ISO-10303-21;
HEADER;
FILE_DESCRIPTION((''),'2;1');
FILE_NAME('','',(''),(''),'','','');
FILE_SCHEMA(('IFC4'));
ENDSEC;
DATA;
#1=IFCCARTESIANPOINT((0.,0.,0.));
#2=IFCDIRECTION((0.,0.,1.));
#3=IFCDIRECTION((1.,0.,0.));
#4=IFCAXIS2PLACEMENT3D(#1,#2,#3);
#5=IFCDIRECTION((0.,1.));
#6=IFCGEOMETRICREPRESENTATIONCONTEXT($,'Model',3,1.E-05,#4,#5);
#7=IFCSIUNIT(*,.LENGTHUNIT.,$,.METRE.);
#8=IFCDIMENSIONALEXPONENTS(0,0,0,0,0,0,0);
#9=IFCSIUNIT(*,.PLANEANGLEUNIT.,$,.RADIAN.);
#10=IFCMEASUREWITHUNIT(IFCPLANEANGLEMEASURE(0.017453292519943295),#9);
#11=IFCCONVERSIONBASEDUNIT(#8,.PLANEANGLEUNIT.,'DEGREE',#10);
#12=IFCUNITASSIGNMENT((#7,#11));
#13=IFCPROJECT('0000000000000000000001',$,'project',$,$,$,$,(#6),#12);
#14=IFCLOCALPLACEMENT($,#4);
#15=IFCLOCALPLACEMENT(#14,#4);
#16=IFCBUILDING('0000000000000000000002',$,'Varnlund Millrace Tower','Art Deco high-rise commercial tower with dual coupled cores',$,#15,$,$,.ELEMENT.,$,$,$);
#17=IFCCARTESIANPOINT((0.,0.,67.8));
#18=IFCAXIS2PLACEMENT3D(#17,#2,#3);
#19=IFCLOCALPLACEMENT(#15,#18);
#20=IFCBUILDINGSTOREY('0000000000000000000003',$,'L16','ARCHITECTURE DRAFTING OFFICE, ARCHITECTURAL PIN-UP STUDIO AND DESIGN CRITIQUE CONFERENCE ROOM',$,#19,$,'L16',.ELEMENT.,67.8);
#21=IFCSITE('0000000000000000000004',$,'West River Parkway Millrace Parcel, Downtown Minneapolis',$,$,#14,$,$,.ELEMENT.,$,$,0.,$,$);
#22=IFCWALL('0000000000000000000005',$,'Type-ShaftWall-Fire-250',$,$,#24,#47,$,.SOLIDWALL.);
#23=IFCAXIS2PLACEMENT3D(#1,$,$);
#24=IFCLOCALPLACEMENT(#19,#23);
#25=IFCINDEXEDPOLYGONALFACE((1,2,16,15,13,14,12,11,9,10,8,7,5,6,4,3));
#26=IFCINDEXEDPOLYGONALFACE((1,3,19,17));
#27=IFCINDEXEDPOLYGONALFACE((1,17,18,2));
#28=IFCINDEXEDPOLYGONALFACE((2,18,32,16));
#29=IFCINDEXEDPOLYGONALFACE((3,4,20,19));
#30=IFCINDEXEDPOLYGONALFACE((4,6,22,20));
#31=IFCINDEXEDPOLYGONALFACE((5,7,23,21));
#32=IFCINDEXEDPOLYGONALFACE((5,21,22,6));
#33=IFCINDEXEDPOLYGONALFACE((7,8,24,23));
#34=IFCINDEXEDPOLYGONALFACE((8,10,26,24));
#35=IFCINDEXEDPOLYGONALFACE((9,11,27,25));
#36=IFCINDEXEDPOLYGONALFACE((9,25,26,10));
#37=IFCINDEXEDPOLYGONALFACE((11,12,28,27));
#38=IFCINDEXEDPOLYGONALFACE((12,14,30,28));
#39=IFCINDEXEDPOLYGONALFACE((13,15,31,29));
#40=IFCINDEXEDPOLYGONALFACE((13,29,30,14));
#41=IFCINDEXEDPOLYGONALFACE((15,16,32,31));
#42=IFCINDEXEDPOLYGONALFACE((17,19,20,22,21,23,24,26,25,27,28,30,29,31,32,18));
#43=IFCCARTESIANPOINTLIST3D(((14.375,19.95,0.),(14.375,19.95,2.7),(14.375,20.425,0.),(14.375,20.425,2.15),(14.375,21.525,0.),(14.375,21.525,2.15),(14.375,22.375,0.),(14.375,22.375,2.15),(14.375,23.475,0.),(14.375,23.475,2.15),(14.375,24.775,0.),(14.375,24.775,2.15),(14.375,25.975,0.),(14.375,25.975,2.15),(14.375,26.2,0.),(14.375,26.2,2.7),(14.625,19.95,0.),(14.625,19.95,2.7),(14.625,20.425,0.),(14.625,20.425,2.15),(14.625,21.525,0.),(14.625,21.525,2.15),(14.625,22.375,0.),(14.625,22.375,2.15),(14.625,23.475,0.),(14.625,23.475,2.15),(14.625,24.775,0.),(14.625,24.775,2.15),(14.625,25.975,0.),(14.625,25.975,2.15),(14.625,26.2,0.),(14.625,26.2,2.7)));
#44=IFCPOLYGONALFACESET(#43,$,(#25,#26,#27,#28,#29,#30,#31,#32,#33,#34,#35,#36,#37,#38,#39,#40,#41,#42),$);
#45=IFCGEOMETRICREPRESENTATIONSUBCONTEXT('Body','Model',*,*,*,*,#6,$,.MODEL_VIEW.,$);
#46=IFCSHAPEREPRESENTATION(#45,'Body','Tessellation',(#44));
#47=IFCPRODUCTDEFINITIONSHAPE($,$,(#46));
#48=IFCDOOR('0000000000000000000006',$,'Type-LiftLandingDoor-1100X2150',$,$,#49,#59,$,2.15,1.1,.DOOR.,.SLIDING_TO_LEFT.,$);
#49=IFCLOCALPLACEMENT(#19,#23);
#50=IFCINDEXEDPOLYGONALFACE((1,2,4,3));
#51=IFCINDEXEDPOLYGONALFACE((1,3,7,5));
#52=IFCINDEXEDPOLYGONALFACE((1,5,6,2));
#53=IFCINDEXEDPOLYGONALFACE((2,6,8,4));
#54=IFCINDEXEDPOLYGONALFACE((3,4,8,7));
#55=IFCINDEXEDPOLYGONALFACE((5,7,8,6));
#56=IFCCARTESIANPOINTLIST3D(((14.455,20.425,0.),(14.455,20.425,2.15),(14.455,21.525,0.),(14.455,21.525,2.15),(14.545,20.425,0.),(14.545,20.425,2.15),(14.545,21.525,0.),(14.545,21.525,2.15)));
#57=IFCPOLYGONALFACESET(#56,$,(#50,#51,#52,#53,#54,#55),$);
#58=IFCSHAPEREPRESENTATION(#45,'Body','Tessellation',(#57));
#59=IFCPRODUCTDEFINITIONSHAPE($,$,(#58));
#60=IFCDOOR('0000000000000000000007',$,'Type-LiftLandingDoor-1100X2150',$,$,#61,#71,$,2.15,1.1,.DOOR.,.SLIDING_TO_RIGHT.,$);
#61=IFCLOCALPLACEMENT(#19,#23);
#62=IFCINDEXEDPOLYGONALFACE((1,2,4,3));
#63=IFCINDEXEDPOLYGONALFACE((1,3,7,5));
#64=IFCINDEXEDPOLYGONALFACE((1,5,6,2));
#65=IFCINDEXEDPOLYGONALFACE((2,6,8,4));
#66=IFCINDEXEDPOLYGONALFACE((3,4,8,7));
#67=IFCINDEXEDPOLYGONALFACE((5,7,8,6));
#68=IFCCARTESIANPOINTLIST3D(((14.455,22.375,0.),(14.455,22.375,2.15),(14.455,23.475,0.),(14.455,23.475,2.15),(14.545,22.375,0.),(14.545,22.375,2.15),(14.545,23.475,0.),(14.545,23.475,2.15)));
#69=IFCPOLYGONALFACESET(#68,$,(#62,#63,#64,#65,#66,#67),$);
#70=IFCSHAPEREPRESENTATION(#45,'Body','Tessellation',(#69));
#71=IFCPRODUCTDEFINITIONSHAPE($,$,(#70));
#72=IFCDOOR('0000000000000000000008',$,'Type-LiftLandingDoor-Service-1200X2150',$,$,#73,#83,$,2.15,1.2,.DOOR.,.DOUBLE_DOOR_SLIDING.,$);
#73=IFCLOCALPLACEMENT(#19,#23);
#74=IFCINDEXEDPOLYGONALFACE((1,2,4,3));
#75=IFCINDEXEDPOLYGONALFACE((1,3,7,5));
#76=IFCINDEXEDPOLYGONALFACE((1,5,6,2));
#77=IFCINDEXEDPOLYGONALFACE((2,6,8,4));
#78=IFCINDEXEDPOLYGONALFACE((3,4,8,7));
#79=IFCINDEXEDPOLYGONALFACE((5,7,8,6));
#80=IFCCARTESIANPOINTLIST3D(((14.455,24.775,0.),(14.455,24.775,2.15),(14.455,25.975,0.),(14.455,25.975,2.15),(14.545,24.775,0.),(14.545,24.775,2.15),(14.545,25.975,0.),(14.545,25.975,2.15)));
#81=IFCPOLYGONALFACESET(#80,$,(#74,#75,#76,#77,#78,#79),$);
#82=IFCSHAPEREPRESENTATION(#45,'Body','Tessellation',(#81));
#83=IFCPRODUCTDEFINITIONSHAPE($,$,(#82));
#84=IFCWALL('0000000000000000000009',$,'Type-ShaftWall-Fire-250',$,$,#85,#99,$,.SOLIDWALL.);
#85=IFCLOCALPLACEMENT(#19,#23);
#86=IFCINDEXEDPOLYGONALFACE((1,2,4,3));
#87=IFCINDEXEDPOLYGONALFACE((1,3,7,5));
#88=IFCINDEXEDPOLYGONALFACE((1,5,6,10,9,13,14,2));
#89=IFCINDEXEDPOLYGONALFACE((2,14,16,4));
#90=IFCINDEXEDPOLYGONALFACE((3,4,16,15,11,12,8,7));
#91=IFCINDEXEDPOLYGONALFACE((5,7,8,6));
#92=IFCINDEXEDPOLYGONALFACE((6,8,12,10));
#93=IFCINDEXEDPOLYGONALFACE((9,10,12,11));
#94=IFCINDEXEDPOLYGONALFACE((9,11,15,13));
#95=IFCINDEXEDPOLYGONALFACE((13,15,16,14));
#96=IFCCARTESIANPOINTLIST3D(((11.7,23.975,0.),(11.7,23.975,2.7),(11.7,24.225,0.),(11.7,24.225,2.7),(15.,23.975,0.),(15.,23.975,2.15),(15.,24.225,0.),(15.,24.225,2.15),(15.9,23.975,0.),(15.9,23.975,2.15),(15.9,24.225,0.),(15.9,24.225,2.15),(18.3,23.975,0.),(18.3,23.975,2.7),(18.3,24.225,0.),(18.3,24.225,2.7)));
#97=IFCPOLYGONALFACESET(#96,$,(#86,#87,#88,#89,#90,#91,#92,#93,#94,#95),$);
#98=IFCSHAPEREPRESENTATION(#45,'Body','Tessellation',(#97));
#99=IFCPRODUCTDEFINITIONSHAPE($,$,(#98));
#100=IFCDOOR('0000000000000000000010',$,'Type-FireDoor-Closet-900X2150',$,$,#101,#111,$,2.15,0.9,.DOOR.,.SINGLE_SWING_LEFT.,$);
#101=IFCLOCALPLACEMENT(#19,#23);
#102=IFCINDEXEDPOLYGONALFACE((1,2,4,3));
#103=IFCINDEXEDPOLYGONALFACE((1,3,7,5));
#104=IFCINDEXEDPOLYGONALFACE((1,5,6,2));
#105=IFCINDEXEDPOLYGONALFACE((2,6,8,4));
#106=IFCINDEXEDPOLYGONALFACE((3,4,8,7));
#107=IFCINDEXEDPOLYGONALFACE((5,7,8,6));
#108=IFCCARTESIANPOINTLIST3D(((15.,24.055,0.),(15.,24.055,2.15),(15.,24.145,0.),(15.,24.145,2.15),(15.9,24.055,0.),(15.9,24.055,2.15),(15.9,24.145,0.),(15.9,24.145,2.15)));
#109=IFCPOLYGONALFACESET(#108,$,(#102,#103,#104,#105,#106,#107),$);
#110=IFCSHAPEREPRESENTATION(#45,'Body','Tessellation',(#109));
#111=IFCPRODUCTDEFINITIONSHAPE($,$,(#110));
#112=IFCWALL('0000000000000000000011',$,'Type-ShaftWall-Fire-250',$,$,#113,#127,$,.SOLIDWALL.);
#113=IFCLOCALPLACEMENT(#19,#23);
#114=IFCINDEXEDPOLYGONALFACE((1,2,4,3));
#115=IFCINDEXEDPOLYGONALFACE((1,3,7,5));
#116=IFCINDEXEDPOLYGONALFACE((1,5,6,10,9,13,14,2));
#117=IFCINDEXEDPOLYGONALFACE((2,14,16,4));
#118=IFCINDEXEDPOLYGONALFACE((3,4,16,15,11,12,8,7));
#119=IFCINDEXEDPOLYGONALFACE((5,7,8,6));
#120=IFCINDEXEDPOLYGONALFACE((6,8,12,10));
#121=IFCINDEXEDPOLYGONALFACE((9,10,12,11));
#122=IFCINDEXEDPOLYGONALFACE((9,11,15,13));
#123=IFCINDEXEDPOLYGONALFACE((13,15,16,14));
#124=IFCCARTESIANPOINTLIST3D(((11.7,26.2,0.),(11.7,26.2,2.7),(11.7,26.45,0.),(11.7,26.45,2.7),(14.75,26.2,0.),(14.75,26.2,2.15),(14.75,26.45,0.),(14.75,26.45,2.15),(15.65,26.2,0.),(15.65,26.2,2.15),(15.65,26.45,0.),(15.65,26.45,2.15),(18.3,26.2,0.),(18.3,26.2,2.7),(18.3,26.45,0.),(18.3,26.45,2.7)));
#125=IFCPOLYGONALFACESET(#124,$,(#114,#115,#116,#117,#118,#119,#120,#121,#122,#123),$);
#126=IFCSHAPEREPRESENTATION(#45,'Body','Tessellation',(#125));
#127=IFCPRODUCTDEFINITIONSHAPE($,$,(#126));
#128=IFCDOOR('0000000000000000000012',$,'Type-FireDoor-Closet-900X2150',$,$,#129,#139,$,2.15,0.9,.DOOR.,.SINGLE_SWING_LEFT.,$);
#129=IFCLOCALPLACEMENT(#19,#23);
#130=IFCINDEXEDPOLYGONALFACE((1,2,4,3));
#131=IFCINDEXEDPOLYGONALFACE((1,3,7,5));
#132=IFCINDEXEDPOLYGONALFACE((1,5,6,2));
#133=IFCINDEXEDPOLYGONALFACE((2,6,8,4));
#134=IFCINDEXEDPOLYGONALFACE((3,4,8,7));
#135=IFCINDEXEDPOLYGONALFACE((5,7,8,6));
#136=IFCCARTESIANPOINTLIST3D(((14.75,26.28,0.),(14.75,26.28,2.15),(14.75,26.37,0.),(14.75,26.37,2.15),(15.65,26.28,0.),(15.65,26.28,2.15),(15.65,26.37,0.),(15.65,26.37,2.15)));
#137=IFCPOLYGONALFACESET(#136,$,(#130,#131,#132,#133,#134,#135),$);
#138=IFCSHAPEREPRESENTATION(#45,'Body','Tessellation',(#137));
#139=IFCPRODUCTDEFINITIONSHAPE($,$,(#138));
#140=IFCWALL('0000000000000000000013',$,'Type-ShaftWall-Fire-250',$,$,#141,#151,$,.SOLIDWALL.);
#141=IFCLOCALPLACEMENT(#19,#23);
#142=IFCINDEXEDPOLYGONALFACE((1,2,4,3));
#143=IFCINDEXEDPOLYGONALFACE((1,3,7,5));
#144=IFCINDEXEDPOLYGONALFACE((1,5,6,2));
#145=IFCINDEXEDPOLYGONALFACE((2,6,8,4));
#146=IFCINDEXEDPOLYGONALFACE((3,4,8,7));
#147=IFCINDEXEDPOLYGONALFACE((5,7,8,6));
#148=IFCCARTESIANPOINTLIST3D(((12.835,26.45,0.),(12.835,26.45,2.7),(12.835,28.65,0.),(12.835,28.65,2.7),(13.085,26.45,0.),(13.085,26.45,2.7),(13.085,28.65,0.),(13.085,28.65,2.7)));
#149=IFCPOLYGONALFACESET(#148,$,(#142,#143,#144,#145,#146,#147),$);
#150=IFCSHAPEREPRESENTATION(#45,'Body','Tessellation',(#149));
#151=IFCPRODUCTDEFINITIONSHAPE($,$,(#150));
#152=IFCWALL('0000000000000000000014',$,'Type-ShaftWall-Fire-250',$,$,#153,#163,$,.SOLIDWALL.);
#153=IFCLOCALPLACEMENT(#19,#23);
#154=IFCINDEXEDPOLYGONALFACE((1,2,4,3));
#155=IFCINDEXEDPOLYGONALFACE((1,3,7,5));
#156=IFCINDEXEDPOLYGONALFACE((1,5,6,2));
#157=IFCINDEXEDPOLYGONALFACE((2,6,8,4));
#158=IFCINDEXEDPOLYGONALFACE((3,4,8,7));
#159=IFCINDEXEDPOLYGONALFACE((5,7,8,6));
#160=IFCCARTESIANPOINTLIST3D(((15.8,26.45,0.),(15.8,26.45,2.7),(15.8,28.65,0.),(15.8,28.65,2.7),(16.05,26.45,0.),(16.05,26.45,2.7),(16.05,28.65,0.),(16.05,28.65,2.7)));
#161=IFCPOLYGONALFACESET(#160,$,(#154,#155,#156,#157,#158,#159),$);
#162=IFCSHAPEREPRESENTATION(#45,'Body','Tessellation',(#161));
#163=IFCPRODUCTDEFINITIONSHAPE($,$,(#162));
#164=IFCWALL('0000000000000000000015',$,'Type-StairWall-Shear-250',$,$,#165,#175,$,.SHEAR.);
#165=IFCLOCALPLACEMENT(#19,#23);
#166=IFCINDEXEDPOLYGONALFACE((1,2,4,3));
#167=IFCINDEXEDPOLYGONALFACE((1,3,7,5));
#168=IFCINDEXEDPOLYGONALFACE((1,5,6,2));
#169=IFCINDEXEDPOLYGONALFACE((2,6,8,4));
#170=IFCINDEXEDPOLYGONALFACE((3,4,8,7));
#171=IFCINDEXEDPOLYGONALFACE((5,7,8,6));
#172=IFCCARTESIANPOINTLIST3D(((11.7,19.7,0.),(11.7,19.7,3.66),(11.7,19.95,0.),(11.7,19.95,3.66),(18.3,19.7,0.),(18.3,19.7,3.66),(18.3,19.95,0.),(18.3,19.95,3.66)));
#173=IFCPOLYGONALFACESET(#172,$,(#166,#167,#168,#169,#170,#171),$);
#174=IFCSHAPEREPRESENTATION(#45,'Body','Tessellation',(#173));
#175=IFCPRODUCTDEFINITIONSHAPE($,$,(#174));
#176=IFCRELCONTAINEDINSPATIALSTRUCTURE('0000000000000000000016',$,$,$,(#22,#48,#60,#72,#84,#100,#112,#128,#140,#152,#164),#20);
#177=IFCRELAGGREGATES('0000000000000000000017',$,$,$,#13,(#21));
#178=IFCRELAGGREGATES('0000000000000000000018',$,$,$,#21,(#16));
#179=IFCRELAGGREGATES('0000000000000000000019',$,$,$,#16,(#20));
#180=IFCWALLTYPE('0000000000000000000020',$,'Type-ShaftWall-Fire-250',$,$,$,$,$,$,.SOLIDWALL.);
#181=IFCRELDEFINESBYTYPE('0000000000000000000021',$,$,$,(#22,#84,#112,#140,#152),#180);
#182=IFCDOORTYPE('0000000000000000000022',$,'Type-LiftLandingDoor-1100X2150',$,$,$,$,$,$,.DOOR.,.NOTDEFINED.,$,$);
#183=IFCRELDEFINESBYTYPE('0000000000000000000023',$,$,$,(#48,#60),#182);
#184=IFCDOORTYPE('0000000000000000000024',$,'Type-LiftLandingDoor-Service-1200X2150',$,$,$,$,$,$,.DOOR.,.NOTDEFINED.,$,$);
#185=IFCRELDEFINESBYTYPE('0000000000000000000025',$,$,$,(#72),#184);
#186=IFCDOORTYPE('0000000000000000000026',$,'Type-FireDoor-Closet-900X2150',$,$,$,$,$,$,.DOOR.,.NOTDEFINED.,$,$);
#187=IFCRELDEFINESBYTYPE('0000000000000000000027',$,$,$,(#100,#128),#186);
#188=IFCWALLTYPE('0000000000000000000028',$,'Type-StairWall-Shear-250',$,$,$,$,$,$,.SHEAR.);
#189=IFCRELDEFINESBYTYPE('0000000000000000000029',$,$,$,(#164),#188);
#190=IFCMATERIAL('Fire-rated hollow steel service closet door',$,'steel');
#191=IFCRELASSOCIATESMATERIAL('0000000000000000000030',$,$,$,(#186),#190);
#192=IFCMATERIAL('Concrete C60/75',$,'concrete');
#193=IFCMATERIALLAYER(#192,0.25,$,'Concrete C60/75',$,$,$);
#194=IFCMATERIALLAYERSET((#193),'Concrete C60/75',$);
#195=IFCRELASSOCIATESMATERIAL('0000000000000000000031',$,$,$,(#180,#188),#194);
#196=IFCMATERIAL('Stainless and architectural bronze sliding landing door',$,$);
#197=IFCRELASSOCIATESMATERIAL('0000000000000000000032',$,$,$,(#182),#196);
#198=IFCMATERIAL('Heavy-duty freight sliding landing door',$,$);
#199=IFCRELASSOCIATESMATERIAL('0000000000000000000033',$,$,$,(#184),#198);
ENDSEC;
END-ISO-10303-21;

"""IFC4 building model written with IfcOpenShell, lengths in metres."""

from ifc_helpers import new_model, entity, si_unit, converted_unit, direction, frame, origin_with_axes, origin_2d_with_axis, place, context, subcontext, project, spatial, polyline, rectangle, outline, extrude, material, layer, layer_set, type_object, element, fill, save


model = new_model("IFC4")

# Units and contexts
model_context = context("Model", 3, precision=1e-05, world=origin_with_axes(), true_north=direction((0.0, 1.0)))
body_context = subcontext(model_context, "Body", "Model", "MODEL_VIEW")
ifc_project = project(units=[si_unit("LENGTHUNIT", "METRE"), converted_unit("PLANEANGLEUNIT", "DEGREE", entity("IfcPlaneAngleMeasure", 0.017453292519943295), si_unit("PLANEANGLEUNIT", "RADIAN"), dimensions=[0, 0, 0, 0, 0, 0, 0])], contexts=[model_context])

# Site, building, storey
site_placement = place(None, origin_with_axes())
site = spatial("IfcSite", under=ifc_project, at=site_placement, Name="West River Parkway Millrace Parcel, Downtown Minneapolis", CompositionType="ELEMENT", RefElevation=0.0)
building_placement = place(site_placement, origin_with_axes())
building = spatial("IfcBuilding", under=site, at=building_placement, Name="Varnlund Millrace Tower", Description="Art Deco high-rise commercial tower with dual coupled cores", CompositionType="ELEMENT")
storey_placement = place(building_placement, frame((0.0, 0.0, 67.8), z_axis=(0.0, 0.0, 1.0), x_axis=(1.0, 0.0, 0.0)))
storey = spatial("IfcBuildingStorey", under=building, at=storey_placement, Name="L16", Description="ARCHITECTURE DRAFTING OFFICE, ARCHITECTURAL PIN-UP STUDIO AND DESIGN CRITIQUE CONFERENCE ROOM", LongName="L16", CompositionType="ELEMENT", Elevation=67.8)

# Wall, openings, doors
ifc_material_1 = material(Name="Fire-rated hollow steel service closet door", Category="steel")
door_type_1 = type_object("IfcDoorType", Name="Type-FireDoor-Closet-900X2150", OperationType="NOTDEFINED", PredefinedType="DOOR", material=ifc_material_1)
ifc_material_2 = material(Name="Concrete C60/75", Category="concrete")
ifc_layer_1 = layer(ifc_material_2, 0.25, Name="Concrete C60/75")
ifc_layer_set_1 = layer_set([ifc_layer_1], Name="Concrete C60/75")
wall_type_1 = type_object("IfcWallType", Name="Type-ShaftWall-Fire-250", PredefinedType="SOLIDWALL", material=ifc_layer_set_1)
wall_1_placement = place(storey_placement, frame((14.5, 19.95, 0.0), z_axis=(0.0, 0.0, 1.0), x_axis=(0.0, 1.0, 0.0)))
wall_1 = element("IfcWall", 1, at=wall_1_placement, inside=storey, type_object=wall_type_1, Name="Type-ShaftWall-Fire-250", PredefinedType="SOLIDWALL", context=body_context, shape_type="SweptSolid", body=[
    extrude(outline(polyline([(0.0, -0.125), (6.25, -0.125), (6.25, 0.125), (0.0, 0.125), (0.0, -0.125)])), origin_with_axes(), (0.0, 0.0, 1.0), 2.7),
])
opening_1_placement = place(wall_1_placement, frame((1.025, 0.0, 0.0), z_axis=(0.0, 0.0, 1.0), x_axis=(1.0, 0.0, 0.0)))
opening_1 = element("IfcOpeningElement", 2, at=opening_1_placement, cuts=wall_1, PredefinedType="OPENING", context=body_context, shape_type="SweptSolid", body=[
    extrude(rectangle(XDim=1.1, YDim=0.27, at=origin_2d_with_axis()), origin_with_axes(), (0.0, 0.0, 1.0), 2.15),
])
opening_2_placement = place(wall_1_placement, frame((2.975, 0.0, 0.0), z_axis=(0.0, 0.0, 1.0), x_axis=(1.0, 0.0, 0.0)))
opening_2 = element("IfcOpeningElement", 3, at=opening_2_placement, cuts=wall_1, PredefinedType="OPENING", context=body_context, shape_type="SweptSolid", body=[
    extrude(rectangle(XDim=1.1, YDim=0.27, at=origin_2d_with_axis()), origin_with_axes(), (0.0, 0.0, 1.0), 2.15),
])
opening_3_placement = place(wall_1_placement, frame((5.425, 0.0, 0.0), z_axis=(0.0, 0.0, 1.0), x_axis=(1.0, 0.0, 0.0)))
opening_3 = element("IfcOpeningElement", 4, at=opening_3_placement, cuts=wall_1, PredefinedType="OPENING", context=body_context, shape_type="SweptSolid", body=[
    extrude(rectangle(XDim=1.2, YDim=0.27, at=origin_2d_with_axis()), origin_with_axes(), (0.0, 0.0, 1.0), 2.15),
])
ifc_material_3 = material(Name="Stainless and architectural bronze sliding landing door")
door_type_2 = type_object("IfcDoorType", Name="Type-LiftLandingDoor-1100X2150", OperationType="NOTDEFINED", PredefinedType="DOOR", material=ifc_material_3)
door_1_placement = place(wall_1_placement, frame((1.025, 0.0, 0.0), z_axis=(0.0, 0.0, 1.0), x_axis=(1.0, 0.0, 0.0)))
door_1 = element("IfcDoor", 5, at=door_1_placement, inside=storey, type_object=door_type_2, Name="Type-LiftLandingDoor-1100X2150", OperationType="SLIDING_TO_LEFT", OverallHeight=2.15, OverallWidth=1.1, PredefinedType="DOOR", context=body_context, shape_type="SweptSolid", body=[
    extrude(rectangle(XDim=1.1, YDim=0.09, at=origin_2d_with_axis()), origin_with_axes(), (0.0, 0.0, 1.0), 2.15),
])
fill(opening_1, door_1)
door_2_placement = place(wall_1_placement, frame((2.975, 0.0, 0.0), z_axis=(0.0, 0.0, 1.0), x_axis=(1.0, 0.0, 0.0)))
door_2 = element("IfcDoor", 6, at=door_2_placement, inside=storey, type_object=door_type_2, Name="Type-LiftLandingDoor-1100X2150", OperationType="SLIDING_TO_RIGHT", OverallHeight=2.15, OverallWidth=1.1, PredefinedType="DOOR", context=body_context, shape_type="SweptSolid", body=[
    extrude(rectangle(XDim=1.1, YDim=0.09, at=origin_2d_with_axis()), origin_with_axes(), (0.0, 0.0, 1.0), 2.15),
])
fill(opening_2, door_2)
ifc_material_4 = material(Name="Heavy-duty freight sliding landing door")
door_type_3 = type_object("IfcDoorType", Name="Type-LiftLandingDoor-Service-1200X2150", OperationType="NOTDEFINED", PredefinedType="DOOR", material=ifc_material_4)
door_3_placement = place(wall_1_placement, frame((5.425, 0.0, 0.0), z_axis=(0.0, 0.0, 1.0), x_axis=(1.0, 0.0, 0.0)))
door_3 = element("IfcDoor", 7, at=door_3_placement, inside=storey, type_object=door_type_3, Name="Type-LiftLandingDoor-Service-1200X2150", OperationType="DOUBLE_DOOR_SLIDING", OverallHeight=2.15, OverallWidth=1.2, PredefinedType="DOOR", context=body_context, shape_type="SweptSolid", body=[
    extrude(rectangle(XDim=1.2, YDim=0.09, at=origin_2d_with_axis()), origin_with_axes(), (0.0, 0.0, 1.0), 2.15),
])
fill(opening_3, door_3)

# Walls, openings, doors
wall_2_placement = place(storey_placement, frame((11.7, 24.1, 0.0), z_axis=(0.0, 0.0, 1.0), x_axis=(1.0, 0.0, 0.0)))
wall_2 = element("IfcWall", 8, at=wall_2_placement, inside=storey, type_object=wall_type_1, Name="Type-ShaftWall-Fire-250", PredefinedType="SOLIDWALL", context=body_context, shape_type="SweptSolid", body=[
    extrude(outline(polyline([(0.0, -0.125), (6.6, -0.125), (6.6, 0.125), (0.0, 0.125), (0.0, -0.125)])), origin_with_axes(), (0.0, 0.0, 1.0), 2.7),
])
opening_4_placement = place(wall_2_placement, frame((3.75, 0.0, 0.0), z_axis=(0.0, 0.0, 1.0), x_axis=(1.0, 0.0, 0.0)))
opening_4 = element("IfcOpeningElement", 9, at=opening_4_placement, cuts=wall_2, PredefinedType="OPENING", context=body_context, shape_type="SweptSolid", body=[
    extrude(rectangle(XDim=0.9, YDim=0.27, at=origin_2d_with_axis()), origin_with_axes(), (0.0, 0.0, 1.0), 2.15),
])
door_4_placement = place(wall_2_placement, frame((3.75, 0.0, 0.0), z_axis=(0.0, 0.0, 1.0), x_axis=(1.0, 0.0, 0.0)))
door_4 = element("IfcDoor", 10, at=door_4_placement, inside=storey, type_object=door_type_1, Name="Type-FireDoor-Closet-900X2150", OperationType="SINGLE_SWING_LEFT", OverallHeight=2.15, OverallWidth=0.9, PredefinedType="DOOR", context=body_context, shape_type="SweptSolid", body=[
    extrude(rectangle(XDim=0.9, YDim=0.09, at=origin_2d_with_axis()), origin_with_axes(), (0.0, 0.0, 1.0), 2.15),
])
fill(opening_4, door_4)
wall_3_placement = place(storey_placement, frame((11.7, 26.325, 0.0), z_axis=(0.0, 0.0, 1.0), x_axis=(1.0, 0.0, 0.0)))
wall_3 = element("IfcWall", 11, at=wall_3_placement, inside=storey, type_object=wall_type_1, Name="Type-ShaftWall-Fire-250", PredefinedType="SOLIDWALL", context=body_context, shape_type="SweptSolid", body=[
    extrude(outline(polyline([(0.0, -0.125), (6.6, -0.125), (6.6, 0.125), (0.0, 0.125), (0.0, -0.125)])), origin_with_axes(), (0.0, 0.0, 1.0), 2.7),
])
opening_5_placement = place(wall_3_placement, frame((3.5, 0.0, 0.0), z_axis=(0.0, 0.0, 1.0), x_axis=(1.0, 0.0, 0.0)))
opening_5 = element("IfcOpeningElement", 12, at=opening_5_placement, cuts=wall_3, PredefinedType="OPENING", context=body_context, shape_type="SweptSolid", body=[
    extrude(rectangle(XDim=0.9, YDim=0.27, at=origin_2d_with_axis()), origin_with_axes(), (0.0, 0.0, 1.0), 2.15),
])
door_5_placement = place(wall_3_placement, frame((3.5, 0.0, 0.0), z_axis=(0.0, 0.0, 1.0), x_axis=(1.0, 0.0, 0.0)))
door_5 = element("IfcDoor", 13, at=door_5_placement, inside=storey, type_object=door_type_1, Name="Type-FireDoor-Closet-900X2150", OperationType="SINGLE_SWING_LEFT", OverallHeight=2.15, OverallWidth=0.9, PredefinedType="DOOR", context=body_context, shape_type="SweptSolid", body=[
    extrude(rectangle(XDim=0.9, YDim=0.09, at=origin_2d_with_axis()), origin_with_axes(), (0.0, 0.0, 1.0), 2.15),
])
fill(opening_5, door_5)

# Walls
for number, where, z_axis, x_axis, name in (
    (14, (12.96, 26.45, 0.0), (0.0, 0.0, 1.0), (0.0, 1.0, 0.0), "Type-ShaftWall-Fire-250"),
    (15, (15.925, 26.45, 0.0), (0.0, 0.0, 1.0), (0.0, 1.0, 0.0), "Type-ShaftWall-Fire-250"),
):
    element("IfcWall", number, at=place(storey_placement, frame(where, z_axis=z_axis, x_axis=x_axis)), inside=storey, type_object=wall_type_1, Name=name, PredefinedType="SOLIDWALL", context=body_context, shape_type="SweptSolid", body=[
        extrude(outline(polyline([(0.0, -0.125), (2.2, -0.125), (2.2, 0.125), (0.0, 0.125), (0.0, -0.125)])), origin_with_axes(), (0.0, 0.0, 1.0), 2.7),
    ])
wall_type_2 = type_object("IfcWallType", Name="Type-StairWall-Shear-250", PredefinedType="SHEAR", material=ifc_layer_set_1)
wall_4_placement = place(storey_placement, frame((11.7, 19.825, 0.0), z_axis=(0.0, 0.0, 1.0), x_axis=(1.0, 0.0, 0.0)))
element("IfcWall", 16, at=wall_4_placement, inside=storey, type_object=wall_type_2, Name="Type-StairWall-Shear-250", PredefinedType="SHEAR", context=body_context, shape_type="SweptSolid", body=[
    extrude(outline(polyline([(0.0, -0.125), (6.6, -0.125), (6.6, 0.125), (0.0, 0.125), (0.0, -0.125)])), origin_with_axes(), (0.0, 0.0, 1.0), 3.66),
])

save(model, "model.ifc")
